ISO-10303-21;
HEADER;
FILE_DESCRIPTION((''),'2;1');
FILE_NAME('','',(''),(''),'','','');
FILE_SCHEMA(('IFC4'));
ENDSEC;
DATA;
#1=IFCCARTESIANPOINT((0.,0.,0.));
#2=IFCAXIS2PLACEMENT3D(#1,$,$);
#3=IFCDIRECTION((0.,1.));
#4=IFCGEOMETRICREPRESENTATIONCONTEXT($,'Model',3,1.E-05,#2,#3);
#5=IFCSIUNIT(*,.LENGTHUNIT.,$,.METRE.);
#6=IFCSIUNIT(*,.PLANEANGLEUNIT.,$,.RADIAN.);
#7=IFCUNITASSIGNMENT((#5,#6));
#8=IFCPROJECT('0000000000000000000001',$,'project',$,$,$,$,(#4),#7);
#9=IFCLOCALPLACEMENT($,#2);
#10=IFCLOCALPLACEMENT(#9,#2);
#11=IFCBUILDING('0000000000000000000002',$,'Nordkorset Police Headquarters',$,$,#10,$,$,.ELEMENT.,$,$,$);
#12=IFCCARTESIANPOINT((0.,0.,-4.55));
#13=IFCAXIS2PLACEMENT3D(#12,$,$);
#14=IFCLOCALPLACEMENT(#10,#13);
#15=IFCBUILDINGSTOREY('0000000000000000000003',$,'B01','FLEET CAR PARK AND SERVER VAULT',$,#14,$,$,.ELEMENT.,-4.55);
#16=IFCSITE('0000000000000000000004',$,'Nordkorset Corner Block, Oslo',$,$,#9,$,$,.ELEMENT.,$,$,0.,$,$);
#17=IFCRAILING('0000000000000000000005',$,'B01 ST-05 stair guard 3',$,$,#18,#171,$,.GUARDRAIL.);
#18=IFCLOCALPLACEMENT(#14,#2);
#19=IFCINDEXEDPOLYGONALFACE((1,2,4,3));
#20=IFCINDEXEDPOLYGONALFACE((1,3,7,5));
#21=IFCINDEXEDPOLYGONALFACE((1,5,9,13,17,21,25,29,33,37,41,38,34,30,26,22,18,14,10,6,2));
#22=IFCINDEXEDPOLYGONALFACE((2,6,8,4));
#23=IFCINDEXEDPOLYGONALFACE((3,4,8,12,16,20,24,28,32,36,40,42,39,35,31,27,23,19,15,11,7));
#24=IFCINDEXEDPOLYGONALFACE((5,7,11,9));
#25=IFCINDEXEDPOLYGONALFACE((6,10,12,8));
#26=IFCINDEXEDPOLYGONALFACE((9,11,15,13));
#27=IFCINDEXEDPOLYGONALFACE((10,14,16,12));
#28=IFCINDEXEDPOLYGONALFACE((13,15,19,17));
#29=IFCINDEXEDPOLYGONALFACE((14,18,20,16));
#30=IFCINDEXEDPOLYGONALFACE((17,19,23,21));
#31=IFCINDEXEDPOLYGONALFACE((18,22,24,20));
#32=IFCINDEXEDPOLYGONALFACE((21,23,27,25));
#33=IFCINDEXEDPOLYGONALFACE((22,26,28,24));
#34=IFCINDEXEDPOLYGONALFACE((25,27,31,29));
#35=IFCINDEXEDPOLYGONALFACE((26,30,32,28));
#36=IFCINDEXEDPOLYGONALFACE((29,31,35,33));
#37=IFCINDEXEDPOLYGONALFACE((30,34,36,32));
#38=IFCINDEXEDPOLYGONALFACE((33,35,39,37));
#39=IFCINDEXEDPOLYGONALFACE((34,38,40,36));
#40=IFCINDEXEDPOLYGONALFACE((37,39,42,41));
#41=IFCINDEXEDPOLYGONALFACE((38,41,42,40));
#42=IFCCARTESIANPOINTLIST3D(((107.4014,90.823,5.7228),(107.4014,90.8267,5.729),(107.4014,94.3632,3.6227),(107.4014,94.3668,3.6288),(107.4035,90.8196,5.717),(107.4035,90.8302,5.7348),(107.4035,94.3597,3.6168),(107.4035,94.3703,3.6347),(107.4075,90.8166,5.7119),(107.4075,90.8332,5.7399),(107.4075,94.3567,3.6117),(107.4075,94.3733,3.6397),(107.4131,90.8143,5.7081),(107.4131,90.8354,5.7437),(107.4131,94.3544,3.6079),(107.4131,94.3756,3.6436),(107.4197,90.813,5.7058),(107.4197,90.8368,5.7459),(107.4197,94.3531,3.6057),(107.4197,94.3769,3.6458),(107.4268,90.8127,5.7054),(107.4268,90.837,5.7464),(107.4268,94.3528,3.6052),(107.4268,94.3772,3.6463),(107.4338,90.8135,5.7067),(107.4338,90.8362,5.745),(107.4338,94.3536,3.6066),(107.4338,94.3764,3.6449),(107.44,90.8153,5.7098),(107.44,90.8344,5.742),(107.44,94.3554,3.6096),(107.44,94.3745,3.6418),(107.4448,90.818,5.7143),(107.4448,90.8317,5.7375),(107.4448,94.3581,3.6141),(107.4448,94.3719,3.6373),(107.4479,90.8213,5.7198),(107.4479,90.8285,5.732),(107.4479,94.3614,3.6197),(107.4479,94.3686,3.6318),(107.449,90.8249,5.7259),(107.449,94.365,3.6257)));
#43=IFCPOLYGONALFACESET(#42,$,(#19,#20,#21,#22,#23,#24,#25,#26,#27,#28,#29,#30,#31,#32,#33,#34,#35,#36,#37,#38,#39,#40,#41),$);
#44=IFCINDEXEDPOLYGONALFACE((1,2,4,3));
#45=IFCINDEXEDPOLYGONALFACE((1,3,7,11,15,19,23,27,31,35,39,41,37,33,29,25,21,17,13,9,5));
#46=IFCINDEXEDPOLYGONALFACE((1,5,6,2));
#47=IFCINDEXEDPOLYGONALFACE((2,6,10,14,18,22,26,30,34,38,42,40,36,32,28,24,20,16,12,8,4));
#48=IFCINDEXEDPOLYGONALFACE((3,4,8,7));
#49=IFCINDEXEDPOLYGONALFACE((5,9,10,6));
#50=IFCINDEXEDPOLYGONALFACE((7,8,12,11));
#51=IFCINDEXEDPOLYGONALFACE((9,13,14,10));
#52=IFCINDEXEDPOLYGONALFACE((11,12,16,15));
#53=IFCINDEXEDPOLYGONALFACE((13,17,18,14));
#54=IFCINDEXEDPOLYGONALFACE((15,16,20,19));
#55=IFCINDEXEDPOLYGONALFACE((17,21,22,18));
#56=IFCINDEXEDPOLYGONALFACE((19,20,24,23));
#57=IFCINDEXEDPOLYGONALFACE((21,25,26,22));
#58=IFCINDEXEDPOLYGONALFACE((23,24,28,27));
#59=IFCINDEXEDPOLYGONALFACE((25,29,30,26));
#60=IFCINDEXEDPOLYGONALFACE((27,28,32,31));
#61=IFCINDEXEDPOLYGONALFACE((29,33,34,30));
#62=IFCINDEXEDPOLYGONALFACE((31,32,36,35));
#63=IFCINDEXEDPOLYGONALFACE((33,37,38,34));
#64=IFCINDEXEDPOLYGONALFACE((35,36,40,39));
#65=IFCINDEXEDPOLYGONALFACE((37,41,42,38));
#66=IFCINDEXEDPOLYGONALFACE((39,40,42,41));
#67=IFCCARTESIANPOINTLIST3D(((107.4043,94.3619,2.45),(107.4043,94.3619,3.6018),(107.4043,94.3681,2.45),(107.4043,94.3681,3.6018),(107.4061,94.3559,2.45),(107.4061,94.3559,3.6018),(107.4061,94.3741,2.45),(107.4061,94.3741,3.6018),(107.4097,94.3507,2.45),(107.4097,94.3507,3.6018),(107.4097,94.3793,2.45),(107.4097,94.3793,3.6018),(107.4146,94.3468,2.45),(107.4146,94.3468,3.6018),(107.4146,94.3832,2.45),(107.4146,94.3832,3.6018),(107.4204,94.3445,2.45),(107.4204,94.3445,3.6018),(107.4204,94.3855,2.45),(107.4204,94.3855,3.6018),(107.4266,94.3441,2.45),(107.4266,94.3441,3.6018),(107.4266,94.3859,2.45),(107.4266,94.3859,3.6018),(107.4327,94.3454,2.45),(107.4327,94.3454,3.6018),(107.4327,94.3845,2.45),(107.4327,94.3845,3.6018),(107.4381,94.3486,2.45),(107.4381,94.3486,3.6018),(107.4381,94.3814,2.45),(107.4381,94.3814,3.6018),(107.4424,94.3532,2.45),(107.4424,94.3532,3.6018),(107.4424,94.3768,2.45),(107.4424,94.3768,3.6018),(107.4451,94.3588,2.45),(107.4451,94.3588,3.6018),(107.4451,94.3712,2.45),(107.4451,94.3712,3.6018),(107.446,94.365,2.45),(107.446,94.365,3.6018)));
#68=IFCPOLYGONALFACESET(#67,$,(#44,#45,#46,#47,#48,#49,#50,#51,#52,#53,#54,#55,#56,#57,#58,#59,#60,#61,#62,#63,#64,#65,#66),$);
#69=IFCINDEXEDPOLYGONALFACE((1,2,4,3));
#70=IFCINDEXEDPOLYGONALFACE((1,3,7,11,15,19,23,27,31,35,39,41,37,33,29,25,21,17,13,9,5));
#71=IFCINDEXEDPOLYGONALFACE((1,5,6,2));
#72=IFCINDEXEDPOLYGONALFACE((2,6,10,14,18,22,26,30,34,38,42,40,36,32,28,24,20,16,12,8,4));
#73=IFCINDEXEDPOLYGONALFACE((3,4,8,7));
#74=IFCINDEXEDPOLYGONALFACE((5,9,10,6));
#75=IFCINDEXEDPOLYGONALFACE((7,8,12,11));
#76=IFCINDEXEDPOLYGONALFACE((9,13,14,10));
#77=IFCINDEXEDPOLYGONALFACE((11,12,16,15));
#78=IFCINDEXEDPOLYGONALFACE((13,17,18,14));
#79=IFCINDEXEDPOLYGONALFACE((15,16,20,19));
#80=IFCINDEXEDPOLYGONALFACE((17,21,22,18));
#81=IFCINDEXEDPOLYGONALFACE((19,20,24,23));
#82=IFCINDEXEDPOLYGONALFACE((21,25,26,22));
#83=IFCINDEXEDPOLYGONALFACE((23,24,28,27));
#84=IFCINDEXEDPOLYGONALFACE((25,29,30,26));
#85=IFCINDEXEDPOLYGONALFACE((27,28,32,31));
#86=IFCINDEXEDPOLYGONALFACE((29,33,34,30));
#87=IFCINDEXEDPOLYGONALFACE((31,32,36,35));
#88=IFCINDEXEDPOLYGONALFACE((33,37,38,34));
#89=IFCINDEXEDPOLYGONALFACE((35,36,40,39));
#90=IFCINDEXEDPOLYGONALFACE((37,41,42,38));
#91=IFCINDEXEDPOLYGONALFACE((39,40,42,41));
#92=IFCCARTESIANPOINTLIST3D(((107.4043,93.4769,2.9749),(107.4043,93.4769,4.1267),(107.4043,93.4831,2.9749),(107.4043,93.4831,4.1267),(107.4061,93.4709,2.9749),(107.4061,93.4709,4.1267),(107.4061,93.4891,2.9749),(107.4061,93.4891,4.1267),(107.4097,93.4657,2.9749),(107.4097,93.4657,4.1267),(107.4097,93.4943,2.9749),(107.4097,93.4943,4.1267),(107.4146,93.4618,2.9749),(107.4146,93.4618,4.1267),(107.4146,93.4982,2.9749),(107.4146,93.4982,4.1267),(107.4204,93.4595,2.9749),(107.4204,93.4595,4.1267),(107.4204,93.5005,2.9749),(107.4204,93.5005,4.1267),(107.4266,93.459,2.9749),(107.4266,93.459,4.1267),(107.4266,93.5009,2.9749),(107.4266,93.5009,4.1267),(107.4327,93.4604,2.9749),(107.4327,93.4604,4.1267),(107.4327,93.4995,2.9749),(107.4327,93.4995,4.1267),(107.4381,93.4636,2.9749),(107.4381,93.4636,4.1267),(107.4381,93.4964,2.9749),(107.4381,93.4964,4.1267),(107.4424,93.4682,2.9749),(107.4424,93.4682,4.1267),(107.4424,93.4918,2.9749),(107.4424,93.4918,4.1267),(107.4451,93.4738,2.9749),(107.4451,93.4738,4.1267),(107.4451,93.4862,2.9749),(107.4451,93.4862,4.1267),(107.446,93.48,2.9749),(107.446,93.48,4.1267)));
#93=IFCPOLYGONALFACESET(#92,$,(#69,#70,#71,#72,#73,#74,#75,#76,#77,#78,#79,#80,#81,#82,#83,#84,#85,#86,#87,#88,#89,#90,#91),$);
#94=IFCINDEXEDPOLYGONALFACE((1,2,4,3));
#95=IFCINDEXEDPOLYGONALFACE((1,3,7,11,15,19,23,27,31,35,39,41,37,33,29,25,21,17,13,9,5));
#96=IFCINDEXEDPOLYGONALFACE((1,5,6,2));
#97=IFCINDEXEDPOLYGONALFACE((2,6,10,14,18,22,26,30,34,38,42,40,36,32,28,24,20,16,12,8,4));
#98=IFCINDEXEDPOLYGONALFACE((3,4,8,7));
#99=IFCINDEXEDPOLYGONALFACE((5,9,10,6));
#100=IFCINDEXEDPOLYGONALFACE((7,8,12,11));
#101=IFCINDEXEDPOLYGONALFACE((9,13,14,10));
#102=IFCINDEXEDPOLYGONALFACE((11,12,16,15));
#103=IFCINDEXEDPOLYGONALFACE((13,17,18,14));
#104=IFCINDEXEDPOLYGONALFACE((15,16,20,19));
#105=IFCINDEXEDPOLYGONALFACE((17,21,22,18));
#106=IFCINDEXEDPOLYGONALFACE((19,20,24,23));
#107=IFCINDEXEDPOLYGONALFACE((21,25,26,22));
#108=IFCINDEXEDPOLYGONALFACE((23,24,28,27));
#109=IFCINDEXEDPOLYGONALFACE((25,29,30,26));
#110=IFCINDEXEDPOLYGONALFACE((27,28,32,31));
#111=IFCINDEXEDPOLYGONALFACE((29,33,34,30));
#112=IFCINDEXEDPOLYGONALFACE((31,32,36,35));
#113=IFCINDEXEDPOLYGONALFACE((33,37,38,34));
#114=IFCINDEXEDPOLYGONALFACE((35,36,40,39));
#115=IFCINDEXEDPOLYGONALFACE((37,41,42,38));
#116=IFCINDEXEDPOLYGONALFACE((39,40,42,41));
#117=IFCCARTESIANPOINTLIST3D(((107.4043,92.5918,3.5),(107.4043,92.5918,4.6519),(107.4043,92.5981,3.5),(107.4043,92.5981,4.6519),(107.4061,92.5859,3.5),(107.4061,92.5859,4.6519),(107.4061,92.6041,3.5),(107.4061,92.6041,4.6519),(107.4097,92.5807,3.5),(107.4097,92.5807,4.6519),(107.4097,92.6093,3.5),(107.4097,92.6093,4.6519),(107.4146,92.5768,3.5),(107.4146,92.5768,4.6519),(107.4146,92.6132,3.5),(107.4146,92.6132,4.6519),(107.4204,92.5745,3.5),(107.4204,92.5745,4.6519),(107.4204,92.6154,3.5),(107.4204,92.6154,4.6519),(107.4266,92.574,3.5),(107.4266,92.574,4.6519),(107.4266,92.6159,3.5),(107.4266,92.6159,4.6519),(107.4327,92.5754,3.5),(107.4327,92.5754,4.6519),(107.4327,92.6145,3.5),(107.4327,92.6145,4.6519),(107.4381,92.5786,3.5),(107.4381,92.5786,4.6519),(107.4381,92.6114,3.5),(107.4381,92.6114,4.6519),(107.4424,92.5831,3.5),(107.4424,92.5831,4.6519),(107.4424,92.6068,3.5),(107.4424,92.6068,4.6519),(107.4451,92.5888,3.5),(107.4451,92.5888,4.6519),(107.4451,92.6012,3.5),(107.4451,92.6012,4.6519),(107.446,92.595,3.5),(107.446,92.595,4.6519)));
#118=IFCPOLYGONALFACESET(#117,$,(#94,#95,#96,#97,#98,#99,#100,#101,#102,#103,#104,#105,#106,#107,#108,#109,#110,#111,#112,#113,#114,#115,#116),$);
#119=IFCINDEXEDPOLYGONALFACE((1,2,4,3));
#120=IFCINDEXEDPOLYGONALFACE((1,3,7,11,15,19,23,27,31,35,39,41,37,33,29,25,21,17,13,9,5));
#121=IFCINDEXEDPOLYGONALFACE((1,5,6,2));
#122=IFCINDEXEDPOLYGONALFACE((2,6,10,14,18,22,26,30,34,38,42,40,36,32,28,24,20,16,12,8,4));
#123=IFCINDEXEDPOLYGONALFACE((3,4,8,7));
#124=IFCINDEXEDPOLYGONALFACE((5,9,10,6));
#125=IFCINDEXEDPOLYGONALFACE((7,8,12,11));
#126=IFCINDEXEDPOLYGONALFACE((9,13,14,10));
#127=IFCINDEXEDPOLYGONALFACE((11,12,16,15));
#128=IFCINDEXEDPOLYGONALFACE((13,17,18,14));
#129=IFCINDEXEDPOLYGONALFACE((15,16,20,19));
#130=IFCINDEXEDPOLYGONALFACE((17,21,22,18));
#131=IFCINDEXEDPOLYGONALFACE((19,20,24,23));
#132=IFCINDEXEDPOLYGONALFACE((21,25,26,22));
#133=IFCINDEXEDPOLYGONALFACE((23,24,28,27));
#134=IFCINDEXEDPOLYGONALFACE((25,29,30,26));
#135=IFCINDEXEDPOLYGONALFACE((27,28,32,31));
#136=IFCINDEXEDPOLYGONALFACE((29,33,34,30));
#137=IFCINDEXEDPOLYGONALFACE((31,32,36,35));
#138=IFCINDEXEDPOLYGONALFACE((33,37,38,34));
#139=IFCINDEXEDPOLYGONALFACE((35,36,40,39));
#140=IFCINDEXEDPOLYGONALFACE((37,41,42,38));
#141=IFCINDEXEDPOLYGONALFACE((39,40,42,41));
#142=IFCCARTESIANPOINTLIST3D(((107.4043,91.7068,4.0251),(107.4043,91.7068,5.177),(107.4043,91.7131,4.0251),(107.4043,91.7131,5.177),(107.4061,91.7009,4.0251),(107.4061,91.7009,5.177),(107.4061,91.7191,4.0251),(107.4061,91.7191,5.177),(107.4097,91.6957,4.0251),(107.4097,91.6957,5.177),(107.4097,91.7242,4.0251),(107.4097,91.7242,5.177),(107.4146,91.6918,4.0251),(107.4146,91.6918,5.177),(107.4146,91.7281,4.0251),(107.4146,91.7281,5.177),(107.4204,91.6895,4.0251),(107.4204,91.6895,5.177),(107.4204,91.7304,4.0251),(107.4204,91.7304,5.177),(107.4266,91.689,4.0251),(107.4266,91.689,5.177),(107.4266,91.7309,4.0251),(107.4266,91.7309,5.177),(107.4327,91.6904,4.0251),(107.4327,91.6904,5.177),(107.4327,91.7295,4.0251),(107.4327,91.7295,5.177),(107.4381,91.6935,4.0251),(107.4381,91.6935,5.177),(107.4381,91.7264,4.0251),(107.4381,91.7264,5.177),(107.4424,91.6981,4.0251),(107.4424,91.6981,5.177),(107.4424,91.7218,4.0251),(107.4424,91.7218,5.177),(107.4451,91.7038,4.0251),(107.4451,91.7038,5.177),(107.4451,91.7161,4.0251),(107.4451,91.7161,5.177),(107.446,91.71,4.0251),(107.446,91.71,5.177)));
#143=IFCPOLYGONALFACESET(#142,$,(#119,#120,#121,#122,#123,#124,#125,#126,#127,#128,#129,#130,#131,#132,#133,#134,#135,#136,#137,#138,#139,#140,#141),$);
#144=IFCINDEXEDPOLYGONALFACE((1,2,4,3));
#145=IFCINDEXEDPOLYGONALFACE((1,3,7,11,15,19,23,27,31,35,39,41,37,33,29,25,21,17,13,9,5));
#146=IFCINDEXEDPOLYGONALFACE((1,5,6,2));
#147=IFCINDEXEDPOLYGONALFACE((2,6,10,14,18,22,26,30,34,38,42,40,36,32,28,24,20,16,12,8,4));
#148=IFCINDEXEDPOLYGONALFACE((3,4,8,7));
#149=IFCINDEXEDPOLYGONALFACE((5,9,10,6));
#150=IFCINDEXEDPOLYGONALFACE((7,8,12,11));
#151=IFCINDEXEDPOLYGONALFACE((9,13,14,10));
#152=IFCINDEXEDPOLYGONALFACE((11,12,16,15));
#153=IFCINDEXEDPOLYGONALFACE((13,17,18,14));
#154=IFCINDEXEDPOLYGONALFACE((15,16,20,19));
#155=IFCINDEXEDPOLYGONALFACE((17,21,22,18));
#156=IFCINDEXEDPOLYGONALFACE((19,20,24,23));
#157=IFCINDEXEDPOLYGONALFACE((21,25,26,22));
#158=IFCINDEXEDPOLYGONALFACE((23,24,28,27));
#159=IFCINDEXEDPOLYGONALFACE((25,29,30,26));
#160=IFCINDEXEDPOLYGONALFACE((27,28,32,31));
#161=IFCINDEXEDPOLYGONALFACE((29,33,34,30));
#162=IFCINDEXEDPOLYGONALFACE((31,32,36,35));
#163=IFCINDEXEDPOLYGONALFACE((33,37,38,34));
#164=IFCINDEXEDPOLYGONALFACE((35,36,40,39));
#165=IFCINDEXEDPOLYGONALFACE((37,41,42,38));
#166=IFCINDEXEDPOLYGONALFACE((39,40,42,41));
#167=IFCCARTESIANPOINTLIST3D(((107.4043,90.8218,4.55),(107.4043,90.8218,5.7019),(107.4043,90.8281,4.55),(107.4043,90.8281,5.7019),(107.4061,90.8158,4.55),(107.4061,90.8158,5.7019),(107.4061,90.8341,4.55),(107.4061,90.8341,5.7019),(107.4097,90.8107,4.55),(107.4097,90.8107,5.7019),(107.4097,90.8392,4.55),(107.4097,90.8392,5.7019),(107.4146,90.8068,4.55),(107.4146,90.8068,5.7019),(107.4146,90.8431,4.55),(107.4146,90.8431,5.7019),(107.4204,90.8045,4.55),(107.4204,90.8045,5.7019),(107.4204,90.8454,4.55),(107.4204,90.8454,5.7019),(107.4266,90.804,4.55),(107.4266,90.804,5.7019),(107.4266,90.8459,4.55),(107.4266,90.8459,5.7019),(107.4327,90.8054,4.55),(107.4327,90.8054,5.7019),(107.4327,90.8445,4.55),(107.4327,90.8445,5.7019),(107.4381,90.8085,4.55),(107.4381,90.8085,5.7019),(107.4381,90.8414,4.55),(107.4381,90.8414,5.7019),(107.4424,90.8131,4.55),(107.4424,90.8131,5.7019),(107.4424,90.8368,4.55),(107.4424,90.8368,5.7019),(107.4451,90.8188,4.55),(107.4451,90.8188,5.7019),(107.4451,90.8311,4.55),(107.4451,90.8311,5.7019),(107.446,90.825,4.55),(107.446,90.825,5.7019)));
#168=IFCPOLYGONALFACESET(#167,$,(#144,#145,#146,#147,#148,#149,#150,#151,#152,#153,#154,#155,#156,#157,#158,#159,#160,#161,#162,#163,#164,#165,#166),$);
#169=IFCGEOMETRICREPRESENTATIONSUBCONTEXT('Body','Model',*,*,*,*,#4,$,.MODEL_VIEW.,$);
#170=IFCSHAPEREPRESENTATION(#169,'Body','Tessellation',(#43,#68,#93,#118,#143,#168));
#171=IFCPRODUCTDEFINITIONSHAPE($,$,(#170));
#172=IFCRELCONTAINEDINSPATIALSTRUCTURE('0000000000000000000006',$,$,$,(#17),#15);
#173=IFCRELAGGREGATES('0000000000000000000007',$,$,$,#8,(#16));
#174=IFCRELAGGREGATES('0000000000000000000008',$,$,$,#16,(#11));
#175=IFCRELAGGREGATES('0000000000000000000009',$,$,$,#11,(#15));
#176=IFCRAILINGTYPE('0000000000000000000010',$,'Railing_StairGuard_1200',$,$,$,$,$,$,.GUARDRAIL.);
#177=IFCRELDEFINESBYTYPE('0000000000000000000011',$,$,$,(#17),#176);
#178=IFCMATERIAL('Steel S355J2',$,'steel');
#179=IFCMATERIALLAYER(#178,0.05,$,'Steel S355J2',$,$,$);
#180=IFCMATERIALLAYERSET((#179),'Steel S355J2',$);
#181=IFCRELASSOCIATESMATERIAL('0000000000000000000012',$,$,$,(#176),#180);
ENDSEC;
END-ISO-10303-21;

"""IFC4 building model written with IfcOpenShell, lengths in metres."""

from ifc_helpers import new_model, si_unit, direction, frame, origin, origin_2d, place, context, subcontext, project, spatial, circle, extrude, material, layer, layer_set, type_object, element, save


model = new_model("IFC4")

# Units and contexts
model_context = context("Model", 3, precision=1e-05, world=origin(), true_north=direction((0.0, 1.0)))
body_context = subcontext(model_context, "Body", "Model", "MODEL_VIEW")
ifc_project = project(units=[si_unit("LENGTHUNIT", "METRE"), si_unit("PLANEANGLEUNIT", "RADIAN")], contexts=[model_context])

# Site, building, storey
site_placement = place(None, origin())
site = spatial("IfcSite", under=ifc_project, at=site_placement, Name="Nordkorset Corner Block, Oslo", CompositionType="ELEMENT", RefElevation=0.0)
building_placement = place(site_placement, origin())
building = spatial("IfcBuilding", under=site, at=building_placement, Name="Nordkorset Police Headquarters", CompositionType="ELEMENT")
storey_placement = place(building_placement, frame((0.0, 0.0, -4.55)))
storey = spatial("IfcBuildingStorey", under=building, at=storey_placement, Name="B01", Description="FLEET CAR PARK AND SERVER VAULT", CompositionType="ELEMENT", Elevation=-4.55)

# Railing
ifc_material_1 = material(Name="Steel S355J2", Category="steel")
ifc_layer_1 = layer(ifc_material_1, 0.05, Name="Steel S355J2")
ifc_layer_set_1 = layer_set([ifc_layer_1], Name="Steel S355J2")
railing_type_1 = type_object("IfcRailingType", Name="Railing_StairGuard_1200", PredefinedType="GUARDRAIL", material=ifc_layer_set_1)
railing_1_placement = place(storey_placement, frame((107.425, 94.365, 2.45)))
element("IfcRailing", 1, at=railing_1_placement, inside=storey, type_object=railing_type_1, Name="B01 ST-05 stair guard 3", PredefinedType="GUARDRAIL", context=body_context, shape_type="SweptSolid", body=[
    extrude(circle(Radius=0.0239, at=origin_2d()), frame((0.0, 0.0, 1.1758), z_axis=(0.0, -0.860047, 0.510215), x_axis=(1.0, 0.0, 0.0)), (0.0, 0.0, 1.0), 4.1162),
    extrude(circle(Radius=0.021, at=origin_2d()), origin(), (0.0, 0.0, 1.0), 1.1519),
    extrude(circle(Radius=0.021, at=origin_2d()), frame((0.0, -0.885, 0.5249)), (0.0, 0.0, 1.0), 1.1519),
    extrude(circle(Radius=0.021, at=origin_2d()), frame((0.0, -1.77, 1.05)), (0.0, 0.0, 1.0), 1.1519),
    extrude(circle(Radius=0.021, at=origin_2d()), frame((0.0, -2.655, 1.5752)), (0.0, 0.0, 1.0), 1.1519),
    extrude(circle(Radius=0.021, at=origin_2d()), frame((0.0, -3.54, 2.1001)), (0.0, 0.0, 1.0), 1.1519),
])

save(model, "model.ifc")
